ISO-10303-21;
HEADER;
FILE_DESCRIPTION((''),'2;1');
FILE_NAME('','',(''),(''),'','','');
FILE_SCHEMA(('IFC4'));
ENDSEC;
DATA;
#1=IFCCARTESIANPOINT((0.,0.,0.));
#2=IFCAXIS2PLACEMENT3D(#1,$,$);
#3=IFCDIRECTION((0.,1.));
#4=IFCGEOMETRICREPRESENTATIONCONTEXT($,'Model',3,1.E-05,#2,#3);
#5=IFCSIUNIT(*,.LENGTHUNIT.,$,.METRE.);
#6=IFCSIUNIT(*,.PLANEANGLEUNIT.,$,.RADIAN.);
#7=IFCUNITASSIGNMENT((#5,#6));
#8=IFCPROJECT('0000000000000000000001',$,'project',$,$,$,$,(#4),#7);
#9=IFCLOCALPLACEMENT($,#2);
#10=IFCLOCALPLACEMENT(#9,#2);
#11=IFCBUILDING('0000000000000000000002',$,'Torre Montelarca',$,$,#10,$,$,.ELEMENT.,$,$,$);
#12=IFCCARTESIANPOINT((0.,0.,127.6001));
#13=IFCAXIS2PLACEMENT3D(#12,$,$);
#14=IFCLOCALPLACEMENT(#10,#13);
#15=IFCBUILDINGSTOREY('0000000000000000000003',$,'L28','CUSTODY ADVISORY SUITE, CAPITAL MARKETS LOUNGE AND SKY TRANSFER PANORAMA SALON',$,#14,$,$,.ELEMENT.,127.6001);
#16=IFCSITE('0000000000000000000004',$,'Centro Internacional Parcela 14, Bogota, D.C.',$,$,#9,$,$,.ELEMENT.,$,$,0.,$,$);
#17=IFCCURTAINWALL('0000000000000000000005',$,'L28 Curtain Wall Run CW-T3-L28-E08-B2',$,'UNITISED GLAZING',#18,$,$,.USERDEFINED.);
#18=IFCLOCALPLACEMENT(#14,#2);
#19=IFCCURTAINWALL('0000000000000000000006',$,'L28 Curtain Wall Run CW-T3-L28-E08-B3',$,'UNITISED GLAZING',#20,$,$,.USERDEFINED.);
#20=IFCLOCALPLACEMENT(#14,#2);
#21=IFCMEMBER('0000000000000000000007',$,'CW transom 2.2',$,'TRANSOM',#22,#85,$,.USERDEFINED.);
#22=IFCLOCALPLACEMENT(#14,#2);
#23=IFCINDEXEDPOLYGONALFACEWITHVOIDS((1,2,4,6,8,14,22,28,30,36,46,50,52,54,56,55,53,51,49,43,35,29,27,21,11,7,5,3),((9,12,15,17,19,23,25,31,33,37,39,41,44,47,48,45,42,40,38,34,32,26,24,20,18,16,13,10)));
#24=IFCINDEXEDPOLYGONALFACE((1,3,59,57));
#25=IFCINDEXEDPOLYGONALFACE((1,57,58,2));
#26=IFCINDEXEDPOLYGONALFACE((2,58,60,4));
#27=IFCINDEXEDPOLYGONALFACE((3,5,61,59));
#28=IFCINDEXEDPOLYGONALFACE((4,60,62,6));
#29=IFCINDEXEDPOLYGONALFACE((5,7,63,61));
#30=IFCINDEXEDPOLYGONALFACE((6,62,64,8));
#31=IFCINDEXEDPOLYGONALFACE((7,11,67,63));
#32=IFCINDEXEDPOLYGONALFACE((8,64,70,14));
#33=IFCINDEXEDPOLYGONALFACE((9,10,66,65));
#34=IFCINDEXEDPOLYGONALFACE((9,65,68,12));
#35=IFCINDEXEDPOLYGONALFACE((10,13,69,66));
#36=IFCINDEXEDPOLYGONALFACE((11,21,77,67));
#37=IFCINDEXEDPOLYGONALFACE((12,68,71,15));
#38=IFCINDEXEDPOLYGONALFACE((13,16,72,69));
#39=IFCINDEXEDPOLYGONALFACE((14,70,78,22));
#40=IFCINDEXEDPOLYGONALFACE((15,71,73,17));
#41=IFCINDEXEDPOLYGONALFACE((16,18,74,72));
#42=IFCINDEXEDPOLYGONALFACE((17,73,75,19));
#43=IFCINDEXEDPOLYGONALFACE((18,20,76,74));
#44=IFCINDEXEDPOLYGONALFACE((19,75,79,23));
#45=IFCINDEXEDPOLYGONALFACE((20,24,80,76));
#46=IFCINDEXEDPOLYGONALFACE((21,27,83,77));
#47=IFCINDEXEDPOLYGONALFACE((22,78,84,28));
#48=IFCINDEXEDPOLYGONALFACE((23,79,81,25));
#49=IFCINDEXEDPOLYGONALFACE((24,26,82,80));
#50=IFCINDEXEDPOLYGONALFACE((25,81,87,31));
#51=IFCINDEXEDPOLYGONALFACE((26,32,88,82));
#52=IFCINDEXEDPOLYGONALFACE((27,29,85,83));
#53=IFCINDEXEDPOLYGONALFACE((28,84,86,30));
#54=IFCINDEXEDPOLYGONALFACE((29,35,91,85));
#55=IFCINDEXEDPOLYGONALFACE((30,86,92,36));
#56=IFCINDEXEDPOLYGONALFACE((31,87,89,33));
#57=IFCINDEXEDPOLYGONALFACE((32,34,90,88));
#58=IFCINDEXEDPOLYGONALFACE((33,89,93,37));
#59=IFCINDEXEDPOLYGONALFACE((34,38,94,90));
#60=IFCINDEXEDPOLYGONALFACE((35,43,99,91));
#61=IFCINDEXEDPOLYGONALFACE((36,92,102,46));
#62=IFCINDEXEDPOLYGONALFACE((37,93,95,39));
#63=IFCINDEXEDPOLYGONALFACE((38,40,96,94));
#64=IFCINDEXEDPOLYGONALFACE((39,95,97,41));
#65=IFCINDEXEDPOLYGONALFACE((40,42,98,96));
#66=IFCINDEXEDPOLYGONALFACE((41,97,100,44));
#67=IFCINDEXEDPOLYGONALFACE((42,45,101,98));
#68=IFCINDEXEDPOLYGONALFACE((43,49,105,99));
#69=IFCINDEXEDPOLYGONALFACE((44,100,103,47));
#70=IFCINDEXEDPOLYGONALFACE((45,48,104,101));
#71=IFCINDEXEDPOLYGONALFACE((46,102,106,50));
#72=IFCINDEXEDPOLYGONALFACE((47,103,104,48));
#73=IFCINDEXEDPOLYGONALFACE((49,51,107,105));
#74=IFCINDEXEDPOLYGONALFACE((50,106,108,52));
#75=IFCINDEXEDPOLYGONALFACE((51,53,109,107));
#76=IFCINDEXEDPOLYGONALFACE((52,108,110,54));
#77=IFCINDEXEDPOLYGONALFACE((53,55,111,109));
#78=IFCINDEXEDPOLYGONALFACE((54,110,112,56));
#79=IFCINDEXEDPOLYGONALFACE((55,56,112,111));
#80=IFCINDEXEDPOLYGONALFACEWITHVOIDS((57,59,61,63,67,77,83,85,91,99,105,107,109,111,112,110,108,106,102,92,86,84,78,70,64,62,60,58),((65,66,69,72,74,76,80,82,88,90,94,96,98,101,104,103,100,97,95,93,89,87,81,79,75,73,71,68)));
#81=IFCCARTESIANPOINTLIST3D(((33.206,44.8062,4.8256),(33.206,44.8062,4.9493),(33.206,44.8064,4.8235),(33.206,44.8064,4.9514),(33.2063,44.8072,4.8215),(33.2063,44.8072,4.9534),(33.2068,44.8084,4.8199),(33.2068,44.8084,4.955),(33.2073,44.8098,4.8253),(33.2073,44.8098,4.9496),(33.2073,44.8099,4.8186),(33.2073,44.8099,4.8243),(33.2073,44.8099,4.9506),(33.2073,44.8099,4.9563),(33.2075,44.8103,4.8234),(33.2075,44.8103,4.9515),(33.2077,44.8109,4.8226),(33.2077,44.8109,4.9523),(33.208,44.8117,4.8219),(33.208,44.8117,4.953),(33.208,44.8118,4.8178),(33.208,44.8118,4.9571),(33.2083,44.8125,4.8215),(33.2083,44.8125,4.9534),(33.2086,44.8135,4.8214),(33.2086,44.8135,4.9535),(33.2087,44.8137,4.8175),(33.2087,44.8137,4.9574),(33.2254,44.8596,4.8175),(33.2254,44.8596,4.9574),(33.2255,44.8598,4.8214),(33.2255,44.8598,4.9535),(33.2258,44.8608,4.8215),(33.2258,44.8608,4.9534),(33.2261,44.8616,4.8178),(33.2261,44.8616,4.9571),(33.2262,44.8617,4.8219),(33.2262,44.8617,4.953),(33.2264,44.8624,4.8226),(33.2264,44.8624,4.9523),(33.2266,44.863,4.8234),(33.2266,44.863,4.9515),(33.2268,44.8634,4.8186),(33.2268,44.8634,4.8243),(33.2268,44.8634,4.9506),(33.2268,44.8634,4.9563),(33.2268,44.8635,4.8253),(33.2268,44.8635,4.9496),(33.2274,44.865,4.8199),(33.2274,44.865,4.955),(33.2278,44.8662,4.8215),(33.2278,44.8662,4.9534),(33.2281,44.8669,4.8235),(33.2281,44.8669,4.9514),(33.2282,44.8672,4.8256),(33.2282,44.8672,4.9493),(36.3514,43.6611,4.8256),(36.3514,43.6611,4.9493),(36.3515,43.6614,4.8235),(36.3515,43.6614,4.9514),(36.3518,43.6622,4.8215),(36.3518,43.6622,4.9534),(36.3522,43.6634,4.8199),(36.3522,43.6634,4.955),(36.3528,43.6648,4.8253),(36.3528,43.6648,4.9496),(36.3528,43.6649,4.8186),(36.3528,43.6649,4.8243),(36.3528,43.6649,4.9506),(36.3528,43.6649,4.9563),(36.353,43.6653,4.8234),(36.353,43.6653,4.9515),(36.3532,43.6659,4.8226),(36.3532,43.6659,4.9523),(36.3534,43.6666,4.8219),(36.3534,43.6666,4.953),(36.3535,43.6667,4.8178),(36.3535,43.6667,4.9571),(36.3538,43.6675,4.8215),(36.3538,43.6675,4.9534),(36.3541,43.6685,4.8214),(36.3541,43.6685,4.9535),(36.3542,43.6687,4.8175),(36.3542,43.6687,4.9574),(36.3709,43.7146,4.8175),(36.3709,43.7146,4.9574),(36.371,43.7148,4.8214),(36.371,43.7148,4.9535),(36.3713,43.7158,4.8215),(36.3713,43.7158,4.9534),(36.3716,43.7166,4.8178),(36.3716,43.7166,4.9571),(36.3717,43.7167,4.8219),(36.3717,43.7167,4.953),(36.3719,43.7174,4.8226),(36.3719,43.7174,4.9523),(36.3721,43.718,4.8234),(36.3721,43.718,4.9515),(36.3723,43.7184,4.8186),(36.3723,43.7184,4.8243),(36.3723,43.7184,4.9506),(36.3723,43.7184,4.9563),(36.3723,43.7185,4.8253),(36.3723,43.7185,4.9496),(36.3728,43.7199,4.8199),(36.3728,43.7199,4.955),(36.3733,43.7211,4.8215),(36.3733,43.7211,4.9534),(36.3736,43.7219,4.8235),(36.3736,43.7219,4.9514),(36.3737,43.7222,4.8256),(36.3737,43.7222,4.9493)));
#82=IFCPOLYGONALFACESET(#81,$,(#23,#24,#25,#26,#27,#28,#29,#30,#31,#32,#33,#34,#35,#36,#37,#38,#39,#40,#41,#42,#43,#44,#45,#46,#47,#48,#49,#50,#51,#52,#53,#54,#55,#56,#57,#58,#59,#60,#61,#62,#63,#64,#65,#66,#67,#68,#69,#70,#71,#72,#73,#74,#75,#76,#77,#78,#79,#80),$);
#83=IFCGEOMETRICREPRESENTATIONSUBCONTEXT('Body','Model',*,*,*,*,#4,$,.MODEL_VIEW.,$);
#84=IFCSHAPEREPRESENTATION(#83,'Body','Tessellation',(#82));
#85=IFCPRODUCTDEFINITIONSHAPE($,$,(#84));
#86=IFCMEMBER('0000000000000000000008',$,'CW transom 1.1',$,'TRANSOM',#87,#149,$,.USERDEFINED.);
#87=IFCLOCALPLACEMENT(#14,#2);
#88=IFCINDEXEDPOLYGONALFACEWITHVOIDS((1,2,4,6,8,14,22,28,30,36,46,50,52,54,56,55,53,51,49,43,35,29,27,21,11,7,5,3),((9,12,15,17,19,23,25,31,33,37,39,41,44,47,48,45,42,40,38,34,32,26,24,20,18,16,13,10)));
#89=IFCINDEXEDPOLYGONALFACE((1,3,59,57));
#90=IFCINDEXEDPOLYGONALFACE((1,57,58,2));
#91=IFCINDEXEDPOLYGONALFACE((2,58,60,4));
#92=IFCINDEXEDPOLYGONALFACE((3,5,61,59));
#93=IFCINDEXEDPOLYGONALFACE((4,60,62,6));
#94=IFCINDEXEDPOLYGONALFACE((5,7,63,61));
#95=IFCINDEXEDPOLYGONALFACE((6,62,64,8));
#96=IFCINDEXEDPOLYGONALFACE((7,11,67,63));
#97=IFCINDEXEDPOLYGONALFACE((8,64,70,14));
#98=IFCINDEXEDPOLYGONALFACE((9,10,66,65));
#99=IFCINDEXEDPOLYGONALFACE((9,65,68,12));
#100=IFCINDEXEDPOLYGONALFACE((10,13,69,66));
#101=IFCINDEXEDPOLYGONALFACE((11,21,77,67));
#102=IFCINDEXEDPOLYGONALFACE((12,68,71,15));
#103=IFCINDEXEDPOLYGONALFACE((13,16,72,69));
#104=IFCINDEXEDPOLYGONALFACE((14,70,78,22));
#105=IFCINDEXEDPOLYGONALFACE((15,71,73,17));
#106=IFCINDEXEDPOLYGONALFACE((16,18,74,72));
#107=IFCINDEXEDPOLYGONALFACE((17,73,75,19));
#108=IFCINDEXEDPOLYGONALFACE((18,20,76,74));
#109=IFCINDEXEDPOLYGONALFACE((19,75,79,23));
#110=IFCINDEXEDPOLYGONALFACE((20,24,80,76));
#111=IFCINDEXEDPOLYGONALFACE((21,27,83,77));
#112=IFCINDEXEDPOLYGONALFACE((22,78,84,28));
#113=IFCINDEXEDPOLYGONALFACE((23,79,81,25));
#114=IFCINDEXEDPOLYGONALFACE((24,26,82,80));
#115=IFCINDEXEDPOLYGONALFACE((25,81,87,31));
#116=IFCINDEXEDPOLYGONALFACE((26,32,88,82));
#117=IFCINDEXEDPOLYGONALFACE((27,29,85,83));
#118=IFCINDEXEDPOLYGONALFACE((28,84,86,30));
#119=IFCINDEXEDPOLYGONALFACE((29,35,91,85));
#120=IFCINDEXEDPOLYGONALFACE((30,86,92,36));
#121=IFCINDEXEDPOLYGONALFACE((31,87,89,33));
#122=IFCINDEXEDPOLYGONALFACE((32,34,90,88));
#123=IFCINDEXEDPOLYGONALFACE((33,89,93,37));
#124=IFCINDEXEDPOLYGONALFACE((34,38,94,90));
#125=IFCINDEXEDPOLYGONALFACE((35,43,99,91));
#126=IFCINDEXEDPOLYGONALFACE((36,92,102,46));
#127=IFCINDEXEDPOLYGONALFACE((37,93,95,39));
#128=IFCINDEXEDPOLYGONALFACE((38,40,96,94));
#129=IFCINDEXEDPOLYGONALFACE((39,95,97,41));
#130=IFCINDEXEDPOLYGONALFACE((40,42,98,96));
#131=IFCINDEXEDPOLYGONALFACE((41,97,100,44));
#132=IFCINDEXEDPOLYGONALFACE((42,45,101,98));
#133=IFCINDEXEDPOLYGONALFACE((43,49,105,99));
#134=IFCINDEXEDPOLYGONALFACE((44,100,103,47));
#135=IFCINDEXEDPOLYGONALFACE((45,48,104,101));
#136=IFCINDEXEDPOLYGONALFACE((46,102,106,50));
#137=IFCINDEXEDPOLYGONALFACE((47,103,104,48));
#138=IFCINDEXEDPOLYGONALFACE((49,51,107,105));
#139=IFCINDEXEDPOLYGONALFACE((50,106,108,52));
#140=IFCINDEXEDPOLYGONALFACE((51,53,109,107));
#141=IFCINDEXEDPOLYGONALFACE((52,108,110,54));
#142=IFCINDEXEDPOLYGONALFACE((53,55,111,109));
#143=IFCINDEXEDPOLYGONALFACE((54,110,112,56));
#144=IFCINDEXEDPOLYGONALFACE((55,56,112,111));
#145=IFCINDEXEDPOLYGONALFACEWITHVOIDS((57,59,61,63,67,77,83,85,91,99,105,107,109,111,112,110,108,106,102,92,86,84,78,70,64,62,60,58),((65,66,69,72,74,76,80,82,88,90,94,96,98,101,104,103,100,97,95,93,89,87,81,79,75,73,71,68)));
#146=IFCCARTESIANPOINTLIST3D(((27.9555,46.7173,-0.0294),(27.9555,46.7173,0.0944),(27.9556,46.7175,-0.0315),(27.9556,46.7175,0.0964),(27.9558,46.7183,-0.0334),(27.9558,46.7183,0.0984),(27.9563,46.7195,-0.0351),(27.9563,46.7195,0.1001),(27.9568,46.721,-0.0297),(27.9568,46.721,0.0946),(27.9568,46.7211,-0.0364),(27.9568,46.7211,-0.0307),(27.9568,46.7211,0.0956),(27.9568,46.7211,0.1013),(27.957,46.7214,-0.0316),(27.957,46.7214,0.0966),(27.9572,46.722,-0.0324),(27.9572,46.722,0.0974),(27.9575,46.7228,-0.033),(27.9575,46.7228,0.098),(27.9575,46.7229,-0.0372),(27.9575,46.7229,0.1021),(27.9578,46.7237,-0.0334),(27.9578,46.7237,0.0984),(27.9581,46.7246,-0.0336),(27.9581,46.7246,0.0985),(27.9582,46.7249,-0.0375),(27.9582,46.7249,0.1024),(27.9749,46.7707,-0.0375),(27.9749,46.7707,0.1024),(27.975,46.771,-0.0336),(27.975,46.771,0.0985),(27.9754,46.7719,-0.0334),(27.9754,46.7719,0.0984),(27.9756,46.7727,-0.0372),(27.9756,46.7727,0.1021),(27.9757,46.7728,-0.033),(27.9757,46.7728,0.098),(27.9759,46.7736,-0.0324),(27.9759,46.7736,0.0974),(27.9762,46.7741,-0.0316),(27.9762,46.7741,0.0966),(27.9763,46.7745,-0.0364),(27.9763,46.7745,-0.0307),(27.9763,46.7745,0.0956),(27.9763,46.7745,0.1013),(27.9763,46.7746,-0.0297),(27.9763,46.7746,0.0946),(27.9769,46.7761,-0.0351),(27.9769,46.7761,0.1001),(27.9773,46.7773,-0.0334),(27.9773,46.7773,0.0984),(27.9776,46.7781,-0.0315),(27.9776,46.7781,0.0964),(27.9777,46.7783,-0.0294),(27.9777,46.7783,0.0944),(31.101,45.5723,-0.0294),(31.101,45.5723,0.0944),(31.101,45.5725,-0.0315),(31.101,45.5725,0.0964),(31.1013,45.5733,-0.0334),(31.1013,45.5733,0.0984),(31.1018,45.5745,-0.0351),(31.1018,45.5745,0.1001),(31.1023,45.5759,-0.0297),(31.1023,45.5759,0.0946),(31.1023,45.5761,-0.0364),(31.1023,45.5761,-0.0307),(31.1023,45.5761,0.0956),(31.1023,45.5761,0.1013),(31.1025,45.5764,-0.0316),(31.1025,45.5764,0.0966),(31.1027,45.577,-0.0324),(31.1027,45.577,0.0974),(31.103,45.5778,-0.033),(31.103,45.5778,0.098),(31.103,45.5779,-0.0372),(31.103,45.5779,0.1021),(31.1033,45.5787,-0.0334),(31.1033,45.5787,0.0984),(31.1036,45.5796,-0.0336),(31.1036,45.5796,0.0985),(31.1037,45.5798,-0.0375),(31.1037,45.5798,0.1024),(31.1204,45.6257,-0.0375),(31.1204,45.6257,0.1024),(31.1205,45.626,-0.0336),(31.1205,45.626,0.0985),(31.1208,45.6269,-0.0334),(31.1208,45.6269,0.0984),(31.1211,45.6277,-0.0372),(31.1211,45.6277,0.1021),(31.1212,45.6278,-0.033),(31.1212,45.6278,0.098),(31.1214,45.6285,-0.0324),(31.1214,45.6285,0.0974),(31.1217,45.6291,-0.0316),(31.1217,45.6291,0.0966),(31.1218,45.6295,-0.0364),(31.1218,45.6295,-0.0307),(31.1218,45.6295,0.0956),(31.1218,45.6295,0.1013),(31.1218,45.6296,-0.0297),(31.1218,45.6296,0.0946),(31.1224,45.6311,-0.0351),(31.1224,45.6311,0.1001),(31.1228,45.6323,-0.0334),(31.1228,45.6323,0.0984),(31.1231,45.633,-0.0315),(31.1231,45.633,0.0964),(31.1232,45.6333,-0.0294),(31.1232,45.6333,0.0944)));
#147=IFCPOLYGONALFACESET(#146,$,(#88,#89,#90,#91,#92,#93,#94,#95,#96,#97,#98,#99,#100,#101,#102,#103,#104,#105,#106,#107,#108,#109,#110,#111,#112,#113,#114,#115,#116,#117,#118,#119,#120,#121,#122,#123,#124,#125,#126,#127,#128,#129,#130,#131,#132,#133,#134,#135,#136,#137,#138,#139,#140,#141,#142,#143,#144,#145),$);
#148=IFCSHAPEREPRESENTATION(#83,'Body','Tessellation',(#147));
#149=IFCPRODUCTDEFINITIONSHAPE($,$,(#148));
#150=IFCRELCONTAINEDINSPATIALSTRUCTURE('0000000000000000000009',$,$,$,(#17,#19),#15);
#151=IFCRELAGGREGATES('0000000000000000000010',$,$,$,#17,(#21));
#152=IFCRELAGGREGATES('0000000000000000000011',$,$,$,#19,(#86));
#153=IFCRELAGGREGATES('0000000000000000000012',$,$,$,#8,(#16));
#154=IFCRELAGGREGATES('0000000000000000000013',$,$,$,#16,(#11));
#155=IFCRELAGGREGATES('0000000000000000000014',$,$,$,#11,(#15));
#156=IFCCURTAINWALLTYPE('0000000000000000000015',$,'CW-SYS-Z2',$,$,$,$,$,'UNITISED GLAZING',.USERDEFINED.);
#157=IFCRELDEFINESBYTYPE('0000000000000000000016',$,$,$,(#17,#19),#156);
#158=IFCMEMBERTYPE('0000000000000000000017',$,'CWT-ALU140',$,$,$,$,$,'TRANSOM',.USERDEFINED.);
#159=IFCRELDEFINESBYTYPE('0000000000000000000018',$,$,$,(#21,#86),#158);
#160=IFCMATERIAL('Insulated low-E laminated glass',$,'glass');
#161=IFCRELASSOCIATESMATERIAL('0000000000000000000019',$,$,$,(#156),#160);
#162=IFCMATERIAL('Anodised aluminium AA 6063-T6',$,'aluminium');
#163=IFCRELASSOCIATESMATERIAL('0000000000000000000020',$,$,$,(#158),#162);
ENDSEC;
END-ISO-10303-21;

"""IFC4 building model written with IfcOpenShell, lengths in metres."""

from ifc_helpers import new_model, si_unit, direction, frame, origin, origin_2d, place, context, subcontext, project, spatial, hollow_rectangle, extrude, source, transform, mapped, material, material_profile, profile_set, type_object, element, aggregate, save


model = new_model("IFC4")

# Units and contexts
model_context = context("Model", 3, precision=1e-05, world=origin(), true_north=direction((0.0, 1.0)))
body_context = subcontext(model_context, "Body", "Model", "MODEL_VIEW")
ifc_project = project(units=[si_unit("LENGTHUNIT", "METRE"), si_unit("PLANEANGLEUNIT", "RADIAN")], contexts=[model_context])

# Site, building, storey
site_placement = place(None, origin())
site = spatial("IfcSite", under=ifc_project, at=site_placement, Name="Centro Internacional Parcela 14, Bogota, D.C.", CompositionType="ELEMENT", RefElevation=0.0)
building_placement = place(site_placement, origin())
building = spatial("IfcBuilding", under=site, at=building_placement, Name="Torre Montelarca", CompositionType="ELEMENT")
storey_placement = place(building_placement, frame((0.0, 0.0, 127.6001)))
storey = spatial("IfcBuildingStorey", under=building, at=storey_placement, Name="L28", Description="CUSTODY ADVISORY SUITE, CAPITAL MARKETS LOUNGE AND SKY TRANSFER PANORAMA SALON", CompositionType="ELEMENT", Elevation=127.6001)

# Curtain wall
ifc_material_1 = material(Name="Insulated low-E laminated glass", Category="glass")
curtain_wall_type = type_object("IfcCurtainWallType", Name="CW-SYS-Z2", ElementType="UNITISED GLAZING", PredefinedType="USERDEFINED", material=ifc_material_1)
curtain_wall_1_placement = place(storey_placement, origin())
curtain_wall_1 = element("IfcCurtainWall", 1, at=curtain_wall_1_placement, inside=storey, type_object=curtain_wall_type, Name="L28 Curtain Wall Run CW-T3-L28-E08-B2", ObjectType="UNITISED GLAZING", PredefinedType="USERDEFINED")
ifc_material_2 = material(Name="Anodised aluminium AA 6063-T6", Category="aluminium")

# Curtain wall
curtain_wall_2_placement = place(storey_placement, origin())
curtain_wall_2 = element("IfcCurtainWall", 2, at=curtain_wall_2_placement, inside=storey, type_object=curtain_wall_type, Name="L28 Curtain Wall Run CW-T3-L28-E08-B3", ObjectType="UNITISED GLAZING", PredefinedType="USERDEFINED")
ifc_material_profile_1 = material_profile(ifc_material_2, hollow_rectangle(XDim=0.0649, YDim=0.1399, WallThickness=0.0039, InnerFilletRadius=0.0039, OuterFilletRadius=0.0081, at=origin_2d()), Name="ALU65X140X4", Category="aluminium")
ifc_profile_set_1 = profile_set([ifc_material_profile_1], Name="Anodised aluminium AA 6063-T6")
member_type_1 = type_object("IfcMemberType", Name="CWT-ALU140", ElementType="TRANSOM", PredefinedType="USERDEFINED", material=ifc_profile_set_1)

# Members
shared_shape_1 = source(origin(), body_context, "Body", "SweptSolid", [
    extrude(hollow_rectangle(XDim=0.0649, YDim=0.1399, WallThickness=0.0039, InnerFilletRadius=0.0039, OuterFilletRadius=0.0081, at=origin_2d()), origin(), (0.0, 0.0, 1.0), 3.3474),
])
member_1_placement = place(storey_placement, frame((36.3625, 43.6917, 4.8875), z_axis=(-0.939678, 0.342059, 0.0), x_axis=(-0.342059, -0.939678, 0.0)))
member_1 = element("IfcMember", 3, at=member_1_placement, type_object=member_type_1, Name="CW transom 2.2", ObjectType="TRANSOM", PredefinedType="USERDEFINED", context=body_context, shape_type="MappedRepresentation", body=[
    mapped(shared_shape_1, transform((0.0, 0.0, 0.0), scale=1.0)),
])
member_2_placement = place(storey_placement, frame((31.1121, 45.6028, 0.0325), z_axis=(-0.939678, 0.342059, 0.0), x_axis=(-0.342059, -0.939678, 0.0)))
member_2 = element("IfcMember", 4, at=member_2_placement, type_object=member_type_1, Name="CW transom 1.1", ObjectType="TRANSOM", PredefinedType="USERDEFINED", context=body_context, shape_type="MappedRepresentation", body=[
    mapped(shared_shape_1, transform((0.0, 0.0, 0.0), scale=1.0)),
])

aggregate(curtain_wall_1, [member_1])
aggregate(curtain_wall_2, [member_2])

save(model, "model.ifc")
